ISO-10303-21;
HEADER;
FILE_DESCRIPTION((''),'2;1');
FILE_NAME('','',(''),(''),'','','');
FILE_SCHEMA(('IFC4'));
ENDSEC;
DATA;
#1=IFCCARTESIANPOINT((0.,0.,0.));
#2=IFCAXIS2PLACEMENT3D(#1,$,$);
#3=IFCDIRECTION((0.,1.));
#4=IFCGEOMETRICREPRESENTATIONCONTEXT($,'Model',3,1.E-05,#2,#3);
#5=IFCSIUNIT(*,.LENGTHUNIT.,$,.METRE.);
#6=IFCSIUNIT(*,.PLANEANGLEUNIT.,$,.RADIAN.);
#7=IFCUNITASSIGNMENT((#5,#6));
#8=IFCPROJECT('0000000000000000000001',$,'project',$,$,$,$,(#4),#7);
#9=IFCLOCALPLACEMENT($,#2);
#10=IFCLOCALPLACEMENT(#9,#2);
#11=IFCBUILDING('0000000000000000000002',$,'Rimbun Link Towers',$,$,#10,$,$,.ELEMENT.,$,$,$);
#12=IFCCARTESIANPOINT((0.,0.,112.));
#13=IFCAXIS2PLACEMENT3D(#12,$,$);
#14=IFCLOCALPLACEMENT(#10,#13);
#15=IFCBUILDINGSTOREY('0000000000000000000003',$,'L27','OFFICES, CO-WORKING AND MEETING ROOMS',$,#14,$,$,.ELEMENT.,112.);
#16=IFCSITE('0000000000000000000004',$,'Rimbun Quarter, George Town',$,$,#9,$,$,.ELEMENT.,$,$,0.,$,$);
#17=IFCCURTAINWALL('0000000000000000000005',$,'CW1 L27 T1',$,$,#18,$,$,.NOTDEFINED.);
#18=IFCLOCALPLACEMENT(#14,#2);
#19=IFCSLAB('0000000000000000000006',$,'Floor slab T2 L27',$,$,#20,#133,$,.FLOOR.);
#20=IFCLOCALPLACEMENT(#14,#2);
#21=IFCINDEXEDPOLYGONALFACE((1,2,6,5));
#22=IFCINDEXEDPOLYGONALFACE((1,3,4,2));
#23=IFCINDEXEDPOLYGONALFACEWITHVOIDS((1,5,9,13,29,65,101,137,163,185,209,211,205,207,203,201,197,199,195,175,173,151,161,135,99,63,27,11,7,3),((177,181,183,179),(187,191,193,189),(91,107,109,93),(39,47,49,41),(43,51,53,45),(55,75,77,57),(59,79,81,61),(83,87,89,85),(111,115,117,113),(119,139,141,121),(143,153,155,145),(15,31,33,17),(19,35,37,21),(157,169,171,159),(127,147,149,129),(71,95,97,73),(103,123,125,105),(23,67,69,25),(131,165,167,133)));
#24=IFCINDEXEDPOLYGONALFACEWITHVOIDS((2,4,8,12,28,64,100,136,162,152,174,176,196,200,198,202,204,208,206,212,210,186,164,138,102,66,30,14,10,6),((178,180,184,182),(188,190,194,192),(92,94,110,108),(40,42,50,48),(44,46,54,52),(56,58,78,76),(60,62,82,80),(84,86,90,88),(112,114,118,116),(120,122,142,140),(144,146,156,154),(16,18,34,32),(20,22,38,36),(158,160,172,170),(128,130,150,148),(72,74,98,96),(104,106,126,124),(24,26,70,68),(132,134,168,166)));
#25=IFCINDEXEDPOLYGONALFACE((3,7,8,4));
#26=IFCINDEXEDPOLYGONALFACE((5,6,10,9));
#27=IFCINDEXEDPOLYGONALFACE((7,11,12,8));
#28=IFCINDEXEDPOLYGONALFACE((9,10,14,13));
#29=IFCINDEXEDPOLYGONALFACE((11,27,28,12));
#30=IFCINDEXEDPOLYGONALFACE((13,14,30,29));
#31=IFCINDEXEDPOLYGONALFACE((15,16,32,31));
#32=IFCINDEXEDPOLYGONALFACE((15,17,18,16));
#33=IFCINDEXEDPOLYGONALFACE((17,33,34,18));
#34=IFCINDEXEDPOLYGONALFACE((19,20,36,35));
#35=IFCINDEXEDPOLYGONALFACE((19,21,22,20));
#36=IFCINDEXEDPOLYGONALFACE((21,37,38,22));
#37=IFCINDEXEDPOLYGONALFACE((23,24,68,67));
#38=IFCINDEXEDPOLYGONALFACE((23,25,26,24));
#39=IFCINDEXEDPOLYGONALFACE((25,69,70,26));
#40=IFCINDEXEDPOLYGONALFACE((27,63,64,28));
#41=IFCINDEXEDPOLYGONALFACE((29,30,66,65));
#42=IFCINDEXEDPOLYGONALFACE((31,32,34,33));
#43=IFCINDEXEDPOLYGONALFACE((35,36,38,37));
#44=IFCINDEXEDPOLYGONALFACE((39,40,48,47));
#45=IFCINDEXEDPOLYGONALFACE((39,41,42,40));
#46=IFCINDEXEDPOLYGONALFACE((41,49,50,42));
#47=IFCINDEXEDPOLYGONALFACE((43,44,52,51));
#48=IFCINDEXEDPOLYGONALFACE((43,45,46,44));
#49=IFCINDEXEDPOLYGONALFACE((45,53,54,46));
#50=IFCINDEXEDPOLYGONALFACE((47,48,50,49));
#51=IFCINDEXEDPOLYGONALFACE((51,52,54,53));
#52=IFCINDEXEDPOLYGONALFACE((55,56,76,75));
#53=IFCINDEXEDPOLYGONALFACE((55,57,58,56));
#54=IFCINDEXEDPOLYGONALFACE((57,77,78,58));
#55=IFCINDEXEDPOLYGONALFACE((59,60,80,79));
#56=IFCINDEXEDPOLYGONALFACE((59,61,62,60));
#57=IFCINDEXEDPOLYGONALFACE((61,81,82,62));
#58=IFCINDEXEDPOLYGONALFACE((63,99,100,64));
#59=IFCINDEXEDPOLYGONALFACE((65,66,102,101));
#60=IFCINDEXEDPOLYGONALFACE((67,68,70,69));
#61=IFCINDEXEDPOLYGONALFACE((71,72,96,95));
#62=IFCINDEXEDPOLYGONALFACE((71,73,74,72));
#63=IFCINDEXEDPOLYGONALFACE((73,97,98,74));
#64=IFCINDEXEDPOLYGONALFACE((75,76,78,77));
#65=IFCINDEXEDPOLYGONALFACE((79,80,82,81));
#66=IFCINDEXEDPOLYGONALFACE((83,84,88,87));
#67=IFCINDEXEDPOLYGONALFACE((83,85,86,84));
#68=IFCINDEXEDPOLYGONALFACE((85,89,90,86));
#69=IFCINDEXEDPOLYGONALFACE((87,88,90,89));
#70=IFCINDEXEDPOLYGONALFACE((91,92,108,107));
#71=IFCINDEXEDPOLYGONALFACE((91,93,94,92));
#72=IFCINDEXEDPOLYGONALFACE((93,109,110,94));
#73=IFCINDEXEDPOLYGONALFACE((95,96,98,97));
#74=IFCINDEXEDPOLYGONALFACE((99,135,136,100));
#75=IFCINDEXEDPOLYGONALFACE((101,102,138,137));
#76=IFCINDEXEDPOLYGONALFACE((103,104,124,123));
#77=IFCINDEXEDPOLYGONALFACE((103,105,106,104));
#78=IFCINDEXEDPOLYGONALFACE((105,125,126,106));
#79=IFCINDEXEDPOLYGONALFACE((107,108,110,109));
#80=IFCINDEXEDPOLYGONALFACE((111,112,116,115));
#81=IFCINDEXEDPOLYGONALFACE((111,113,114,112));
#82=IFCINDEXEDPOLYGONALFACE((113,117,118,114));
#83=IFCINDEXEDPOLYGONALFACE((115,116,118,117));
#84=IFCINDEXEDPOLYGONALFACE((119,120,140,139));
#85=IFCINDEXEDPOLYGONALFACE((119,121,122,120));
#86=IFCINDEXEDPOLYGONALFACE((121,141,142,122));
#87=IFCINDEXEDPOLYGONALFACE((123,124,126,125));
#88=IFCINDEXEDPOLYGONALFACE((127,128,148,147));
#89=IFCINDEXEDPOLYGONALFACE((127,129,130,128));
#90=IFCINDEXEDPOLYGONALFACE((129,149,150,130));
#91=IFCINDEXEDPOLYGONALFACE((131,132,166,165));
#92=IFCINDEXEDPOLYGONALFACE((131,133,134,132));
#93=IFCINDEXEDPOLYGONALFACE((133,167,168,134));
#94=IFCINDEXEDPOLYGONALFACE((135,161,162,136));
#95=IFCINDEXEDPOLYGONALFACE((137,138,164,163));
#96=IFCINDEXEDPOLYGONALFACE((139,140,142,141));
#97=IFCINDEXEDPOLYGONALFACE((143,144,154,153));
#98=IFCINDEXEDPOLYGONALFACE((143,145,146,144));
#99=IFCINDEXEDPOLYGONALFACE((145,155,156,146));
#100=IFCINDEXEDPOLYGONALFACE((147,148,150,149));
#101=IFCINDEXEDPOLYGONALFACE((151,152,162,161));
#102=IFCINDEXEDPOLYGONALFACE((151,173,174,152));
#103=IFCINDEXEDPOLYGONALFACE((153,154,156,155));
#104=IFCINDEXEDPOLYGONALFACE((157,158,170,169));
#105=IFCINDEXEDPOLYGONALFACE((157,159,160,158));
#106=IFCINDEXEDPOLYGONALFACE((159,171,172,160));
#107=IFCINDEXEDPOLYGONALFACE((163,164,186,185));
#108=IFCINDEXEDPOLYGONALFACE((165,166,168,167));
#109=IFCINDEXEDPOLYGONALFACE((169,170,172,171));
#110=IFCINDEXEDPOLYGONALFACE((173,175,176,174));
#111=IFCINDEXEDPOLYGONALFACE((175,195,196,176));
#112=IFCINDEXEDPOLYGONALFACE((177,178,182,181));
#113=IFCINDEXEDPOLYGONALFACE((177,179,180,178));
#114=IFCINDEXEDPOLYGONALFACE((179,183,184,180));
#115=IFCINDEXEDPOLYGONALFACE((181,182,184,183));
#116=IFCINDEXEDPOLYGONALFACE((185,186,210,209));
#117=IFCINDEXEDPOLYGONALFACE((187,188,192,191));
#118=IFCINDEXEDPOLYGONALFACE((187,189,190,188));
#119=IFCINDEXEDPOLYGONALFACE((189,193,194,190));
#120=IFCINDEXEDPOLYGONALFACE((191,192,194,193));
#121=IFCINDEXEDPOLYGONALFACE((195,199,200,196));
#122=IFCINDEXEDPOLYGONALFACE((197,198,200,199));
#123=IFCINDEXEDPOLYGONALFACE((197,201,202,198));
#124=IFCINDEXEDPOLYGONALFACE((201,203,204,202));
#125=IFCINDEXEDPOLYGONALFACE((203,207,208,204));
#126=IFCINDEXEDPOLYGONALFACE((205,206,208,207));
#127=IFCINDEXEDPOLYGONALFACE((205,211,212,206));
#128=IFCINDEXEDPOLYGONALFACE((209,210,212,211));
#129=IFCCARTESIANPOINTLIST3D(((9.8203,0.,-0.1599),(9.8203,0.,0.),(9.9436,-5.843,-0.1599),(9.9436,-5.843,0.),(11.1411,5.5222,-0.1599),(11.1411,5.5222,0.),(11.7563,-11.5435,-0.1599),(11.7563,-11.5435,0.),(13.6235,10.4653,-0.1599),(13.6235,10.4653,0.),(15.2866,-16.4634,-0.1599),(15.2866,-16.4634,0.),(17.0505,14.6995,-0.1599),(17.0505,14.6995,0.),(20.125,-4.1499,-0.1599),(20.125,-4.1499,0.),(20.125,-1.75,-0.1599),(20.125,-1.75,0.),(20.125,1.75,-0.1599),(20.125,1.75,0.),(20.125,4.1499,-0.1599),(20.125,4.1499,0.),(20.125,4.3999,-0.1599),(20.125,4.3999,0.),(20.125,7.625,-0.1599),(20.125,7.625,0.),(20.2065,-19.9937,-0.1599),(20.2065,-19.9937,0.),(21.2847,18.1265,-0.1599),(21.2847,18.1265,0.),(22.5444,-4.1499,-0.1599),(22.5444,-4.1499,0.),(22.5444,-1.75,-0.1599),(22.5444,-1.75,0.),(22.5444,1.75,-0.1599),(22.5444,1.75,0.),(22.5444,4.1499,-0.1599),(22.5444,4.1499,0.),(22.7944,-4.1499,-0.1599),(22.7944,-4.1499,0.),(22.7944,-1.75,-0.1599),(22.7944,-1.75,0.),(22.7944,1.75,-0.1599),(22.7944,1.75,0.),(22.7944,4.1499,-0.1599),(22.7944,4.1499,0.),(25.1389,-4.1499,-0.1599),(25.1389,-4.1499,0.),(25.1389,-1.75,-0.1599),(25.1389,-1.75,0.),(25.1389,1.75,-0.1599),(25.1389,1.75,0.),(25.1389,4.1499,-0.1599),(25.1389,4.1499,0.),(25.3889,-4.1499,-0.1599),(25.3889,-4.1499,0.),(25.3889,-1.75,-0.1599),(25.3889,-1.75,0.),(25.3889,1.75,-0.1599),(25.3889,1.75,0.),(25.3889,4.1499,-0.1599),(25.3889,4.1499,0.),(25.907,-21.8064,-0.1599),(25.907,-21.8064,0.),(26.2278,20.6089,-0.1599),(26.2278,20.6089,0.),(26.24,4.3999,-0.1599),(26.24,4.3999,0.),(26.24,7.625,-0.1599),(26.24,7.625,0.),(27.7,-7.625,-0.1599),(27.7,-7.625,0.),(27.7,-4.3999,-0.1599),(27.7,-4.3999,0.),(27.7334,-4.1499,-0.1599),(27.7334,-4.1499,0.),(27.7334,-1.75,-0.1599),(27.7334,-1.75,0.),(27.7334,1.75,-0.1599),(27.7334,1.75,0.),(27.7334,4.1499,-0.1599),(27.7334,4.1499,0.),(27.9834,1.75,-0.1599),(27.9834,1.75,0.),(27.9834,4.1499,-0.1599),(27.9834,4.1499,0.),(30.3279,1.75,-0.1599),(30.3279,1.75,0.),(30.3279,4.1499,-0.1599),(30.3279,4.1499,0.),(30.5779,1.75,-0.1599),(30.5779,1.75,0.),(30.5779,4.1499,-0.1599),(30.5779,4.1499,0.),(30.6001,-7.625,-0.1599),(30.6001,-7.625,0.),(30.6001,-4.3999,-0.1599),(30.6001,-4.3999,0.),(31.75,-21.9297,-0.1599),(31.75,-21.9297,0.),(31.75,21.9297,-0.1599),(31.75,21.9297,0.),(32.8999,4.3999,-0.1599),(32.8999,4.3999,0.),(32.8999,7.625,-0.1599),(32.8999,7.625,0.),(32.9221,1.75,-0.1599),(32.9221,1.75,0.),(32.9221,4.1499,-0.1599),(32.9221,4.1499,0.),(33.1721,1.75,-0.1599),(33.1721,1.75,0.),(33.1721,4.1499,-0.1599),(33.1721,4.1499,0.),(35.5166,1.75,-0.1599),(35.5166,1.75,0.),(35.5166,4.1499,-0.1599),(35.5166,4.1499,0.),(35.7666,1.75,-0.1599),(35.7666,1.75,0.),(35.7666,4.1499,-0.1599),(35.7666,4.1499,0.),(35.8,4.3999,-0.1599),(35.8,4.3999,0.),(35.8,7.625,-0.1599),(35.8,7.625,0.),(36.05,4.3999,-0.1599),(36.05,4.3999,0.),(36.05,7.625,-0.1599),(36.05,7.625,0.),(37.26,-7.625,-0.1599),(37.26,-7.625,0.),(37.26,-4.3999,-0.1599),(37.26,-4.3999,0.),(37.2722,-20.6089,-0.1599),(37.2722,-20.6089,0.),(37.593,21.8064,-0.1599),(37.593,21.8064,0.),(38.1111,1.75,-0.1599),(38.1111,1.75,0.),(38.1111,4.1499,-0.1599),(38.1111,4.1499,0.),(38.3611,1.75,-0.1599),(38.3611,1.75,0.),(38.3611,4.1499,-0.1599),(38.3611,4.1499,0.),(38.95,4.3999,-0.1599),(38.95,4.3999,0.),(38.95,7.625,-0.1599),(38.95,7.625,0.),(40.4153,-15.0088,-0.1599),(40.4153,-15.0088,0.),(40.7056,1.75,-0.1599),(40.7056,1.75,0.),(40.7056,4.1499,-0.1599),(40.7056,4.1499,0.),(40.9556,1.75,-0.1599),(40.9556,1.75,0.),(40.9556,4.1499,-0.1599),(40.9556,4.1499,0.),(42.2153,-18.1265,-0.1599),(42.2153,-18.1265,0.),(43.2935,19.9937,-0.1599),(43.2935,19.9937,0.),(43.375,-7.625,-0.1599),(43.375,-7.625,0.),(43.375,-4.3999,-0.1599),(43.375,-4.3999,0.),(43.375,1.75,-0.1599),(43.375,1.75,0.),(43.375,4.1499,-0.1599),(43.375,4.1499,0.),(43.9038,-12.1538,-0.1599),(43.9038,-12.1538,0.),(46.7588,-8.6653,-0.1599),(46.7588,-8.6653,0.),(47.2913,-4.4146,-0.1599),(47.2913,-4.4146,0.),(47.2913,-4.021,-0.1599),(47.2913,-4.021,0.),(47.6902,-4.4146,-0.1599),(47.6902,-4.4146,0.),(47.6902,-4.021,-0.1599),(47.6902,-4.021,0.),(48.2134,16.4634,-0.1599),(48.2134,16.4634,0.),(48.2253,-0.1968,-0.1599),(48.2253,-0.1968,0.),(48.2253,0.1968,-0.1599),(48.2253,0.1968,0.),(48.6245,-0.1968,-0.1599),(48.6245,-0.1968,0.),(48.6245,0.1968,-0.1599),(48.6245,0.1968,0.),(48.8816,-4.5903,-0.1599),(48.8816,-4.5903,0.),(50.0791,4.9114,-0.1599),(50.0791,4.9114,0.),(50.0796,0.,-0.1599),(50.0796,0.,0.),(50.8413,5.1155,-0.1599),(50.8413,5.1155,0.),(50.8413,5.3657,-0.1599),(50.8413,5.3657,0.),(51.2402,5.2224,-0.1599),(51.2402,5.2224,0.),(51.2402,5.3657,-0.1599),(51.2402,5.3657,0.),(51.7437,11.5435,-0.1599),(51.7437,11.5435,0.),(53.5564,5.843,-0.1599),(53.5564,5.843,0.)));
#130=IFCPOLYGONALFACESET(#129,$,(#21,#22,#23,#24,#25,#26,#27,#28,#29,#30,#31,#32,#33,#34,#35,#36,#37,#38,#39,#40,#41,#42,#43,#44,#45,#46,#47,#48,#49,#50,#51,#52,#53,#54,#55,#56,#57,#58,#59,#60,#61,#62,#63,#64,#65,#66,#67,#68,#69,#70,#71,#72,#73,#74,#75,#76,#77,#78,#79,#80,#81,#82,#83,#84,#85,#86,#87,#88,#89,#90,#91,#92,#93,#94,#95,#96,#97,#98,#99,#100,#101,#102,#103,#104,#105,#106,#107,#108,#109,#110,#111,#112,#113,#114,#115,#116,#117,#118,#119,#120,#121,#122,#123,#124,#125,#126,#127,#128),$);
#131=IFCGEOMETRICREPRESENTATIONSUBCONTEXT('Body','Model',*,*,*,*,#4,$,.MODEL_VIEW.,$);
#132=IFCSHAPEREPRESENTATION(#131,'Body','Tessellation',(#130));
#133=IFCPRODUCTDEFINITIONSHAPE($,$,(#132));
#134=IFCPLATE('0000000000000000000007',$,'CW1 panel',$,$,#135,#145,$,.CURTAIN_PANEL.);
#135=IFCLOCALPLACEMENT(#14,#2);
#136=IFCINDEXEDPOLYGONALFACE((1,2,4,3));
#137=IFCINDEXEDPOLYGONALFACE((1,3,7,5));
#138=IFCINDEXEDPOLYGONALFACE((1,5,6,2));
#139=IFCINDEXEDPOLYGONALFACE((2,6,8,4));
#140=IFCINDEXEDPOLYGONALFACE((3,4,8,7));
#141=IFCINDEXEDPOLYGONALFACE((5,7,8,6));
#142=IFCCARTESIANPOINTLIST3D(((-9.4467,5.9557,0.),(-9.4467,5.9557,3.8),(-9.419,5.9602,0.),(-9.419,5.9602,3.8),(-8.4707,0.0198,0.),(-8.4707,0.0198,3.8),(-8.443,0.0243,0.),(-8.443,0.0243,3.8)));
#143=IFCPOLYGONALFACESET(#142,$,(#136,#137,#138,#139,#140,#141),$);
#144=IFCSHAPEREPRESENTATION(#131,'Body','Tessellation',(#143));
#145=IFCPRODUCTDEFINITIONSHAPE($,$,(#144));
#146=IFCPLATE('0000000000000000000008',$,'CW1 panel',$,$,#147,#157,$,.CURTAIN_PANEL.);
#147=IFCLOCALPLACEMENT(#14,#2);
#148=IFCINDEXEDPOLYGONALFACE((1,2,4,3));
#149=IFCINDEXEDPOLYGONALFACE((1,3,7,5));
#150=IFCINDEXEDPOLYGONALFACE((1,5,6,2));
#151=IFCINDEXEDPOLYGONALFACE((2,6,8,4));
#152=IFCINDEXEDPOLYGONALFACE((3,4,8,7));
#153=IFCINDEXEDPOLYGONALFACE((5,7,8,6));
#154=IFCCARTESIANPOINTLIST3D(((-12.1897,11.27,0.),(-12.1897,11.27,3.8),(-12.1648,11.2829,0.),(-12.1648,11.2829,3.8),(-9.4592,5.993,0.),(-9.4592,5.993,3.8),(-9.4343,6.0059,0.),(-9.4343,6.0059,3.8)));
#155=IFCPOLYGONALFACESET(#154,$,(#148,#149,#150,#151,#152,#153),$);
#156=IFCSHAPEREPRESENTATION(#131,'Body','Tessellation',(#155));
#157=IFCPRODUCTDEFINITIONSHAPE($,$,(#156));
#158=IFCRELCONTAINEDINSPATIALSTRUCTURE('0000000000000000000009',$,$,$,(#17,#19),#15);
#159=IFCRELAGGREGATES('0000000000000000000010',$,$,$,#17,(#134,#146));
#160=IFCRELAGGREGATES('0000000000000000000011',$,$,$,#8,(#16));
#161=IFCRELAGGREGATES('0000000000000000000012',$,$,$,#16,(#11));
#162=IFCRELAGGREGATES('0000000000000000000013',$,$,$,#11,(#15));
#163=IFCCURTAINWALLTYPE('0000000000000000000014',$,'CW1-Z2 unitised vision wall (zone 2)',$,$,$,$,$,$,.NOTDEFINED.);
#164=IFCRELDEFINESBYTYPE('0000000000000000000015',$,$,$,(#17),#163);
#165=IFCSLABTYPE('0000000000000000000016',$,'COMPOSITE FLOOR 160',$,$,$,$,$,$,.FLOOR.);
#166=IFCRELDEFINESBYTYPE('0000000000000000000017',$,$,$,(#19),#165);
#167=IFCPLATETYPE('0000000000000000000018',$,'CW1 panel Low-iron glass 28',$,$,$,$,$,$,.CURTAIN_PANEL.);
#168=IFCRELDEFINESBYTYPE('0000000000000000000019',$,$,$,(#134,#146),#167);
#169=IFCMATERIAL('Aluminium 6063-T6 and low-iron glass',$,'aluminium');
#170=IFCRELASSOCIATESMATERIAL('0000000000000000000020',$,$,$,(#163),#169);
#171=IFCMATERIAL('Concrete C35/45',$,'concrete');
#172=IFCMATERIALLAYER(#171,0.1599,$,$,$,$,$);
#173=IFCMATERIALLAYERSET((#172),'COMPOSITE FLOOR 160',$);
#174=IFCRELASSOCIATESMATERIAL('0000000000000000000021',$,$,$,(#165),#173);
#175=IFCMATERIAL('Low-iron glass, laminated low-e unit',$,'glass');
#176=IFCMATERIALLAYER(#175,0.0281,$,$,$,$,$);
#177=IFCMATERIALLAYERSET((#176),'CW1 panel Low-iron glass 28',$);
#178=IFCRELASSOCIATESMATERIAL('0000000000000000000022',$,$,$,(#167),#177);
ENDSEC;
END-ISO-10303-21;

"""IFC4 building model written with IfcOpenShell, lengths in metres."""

from ifc_helpers import new_model, si_unit, direction, frame, origin, origin_2d, place, context, subcontext, project, spatial, polyline, rectangle, outline, extrude, material, layer, layer_set, type_object, element, aggregate, save


model = new_model("IFC4")

# Units and contexts
model_context = context("Model", 3, precision=1e-05, world=origin(), true_north=direction((0.0, 1.0)))
body_context = subcontext(model_context, "Body", "Model", "MODEL_VIEW")
ifc_project = project(units=[si_unit("LENGTHUNIT", "METRE"), si_unit("PLANEANGLEUNIT", "RADIAN")], contexts=[model_context])

# Site, building, storey
site_placement = place(None, origin())
site = spatial("IfcSite", under=ifc_project, at=site_placement, Name="Rimbun Quarter, George Town", CompositionType="ELEMENT", RefElevation=0.0)
building_placement = place(site_placement, origin())
building = spatial("IfcBuilding", under=site, at=building_placement, Name="Rimbun Link Towers", CompositionType="ELEMENT")
storey_placement = place(building_placement, frame((0.0, 0.0, 112.0)))
storey = spatial("IfcBuildingStorey", under=building, at=storey_placement, Name="L27", Description="OFFICES, CO-WORKING AND MEETING ROOMS", CompositionType="ELEMENT", Elevation=112.0)

# Curtain wall
ifc_material_1 = material(Name="Aluminium 6063-T6 and low-iron glass", Category="aluminium")
curtain_wall_type = type_object("IfcCurtainWallType", Name="CW1-Z2 unitised vision wall (zone 2)", PredefinedType="NOTDEFINED", material=ifc_material_1)
curtain_wall_placement = place(storey_placement, origin())
curtain_wall = element("IfcCurtainWall", 1, at=curtain_wall_placement, inside=storey, type_object=curtain_wall_type, Name="CW1 L27 T1", PredefinedType="NOTDEFINED")

# Slab
ifc_material_2 = material(Name="Concrete C35/45", Category="concrete")
ifc_layer_1 = layer(ifc_material_2, 0.1599)
ifc_layer_set_1 = layer_set([ifc_layer_1], Name="COMPOSITE FLOOR 160")
slab_type = type_object("IfcSlabType", Name="COMPOSITE FLOOR 160", PredefinedType="FLOOR", material=ifc_layer_set_1)
slab_1_placement = place(storey_placement, frame((0.0, 0.0, -0.1599)))
element("IfcSlab", 2, at=slab_1_placement, inside=storey, type_object=slab_type, Name="Floor slab T2 L27", PredefinedType="FLOOR", context=body_context, shape_type="SweptSolid", body=[
    extrude(outline(polyline([(50.0791, 4.9114), (50.0796, 0.0), (48.8816, -4.5903), (46.7588, -8.6653), (43.9038, -12.1538), (40.4153, -15.0088), (42.2153, -18.1265), (37.2722, -20.6089), (31.75, -21.9297), (25.907, -21.8064), (20.2065, -19.9937), (15.2866, -16.4634), (11.7563, -11.5435), (9.9436, -5.843), (9.8203, 0.0), (11.1411, 5.5222), (13.6235, 10.4653), (17.0505, 14.6995), (21.2847, 18.1265), (26.2278, 20.6089), (31.75, 21.9297), (37.593, 21.8064), (43.2935, 19.9937), (48.2134, 16.4634), (51.7437, 11.5435), (53.5564, 5.843), (51.2402, 5.2224), (51.2402, 5.3657), (50.8413, 5.3657), (50.8413, 5.1155), (50.0791, 4.9114)]), holes=[polyline([(30.6001, -7.625), (30.6001, -4.3999), (27.7, -4.3999), (27.7, -7.625), (30.6001, -7.625)]), polyline([(22.5444, -4.1499), (22.5444, -1.75), (20.125, -1.75), (20.125, -4.1499), (22.5444, -4.1499)]), polyline([(25.1389, -4.1499), (25.1389, -1.75), (22.7944, -1.75), (22.7944, -4.1499), (25.1389, -4.1499)]), polyline([(25.3889, -4.1499), (27.7334, -4.1499), (27.7334, -1.75), (25.3889, -1.75), (25.3889, -4.1499)]), polyline([(20.125, 1.75), (22.5444, 1.75), (22.5444, 4.1499), (20.125, 4.1499), (20.125, 1.75)]), polyline([(25.1389, 1.75), (25.1389, 4.1499), (22.7944, 4.1499), (22.7944, 1.75), (25.1389, 1.75)]), polyline([(27.7334, 1.75), (27.7334, 4.1499), (25.3889, 4.1499), (25.3889, 1.75), (27.7334, 1.75)]), polyline([(30.3279, 1.75), (30.3279, 4.1499), (27.9834, 4.1499), (27.9834, 1.75), (30.3279, 1.75)]), polyline([(30.5779, 1.75), (32.9221, 1.75), (32.9221, 4.1499), (30.5779, 4.1499), (30.5779, 1.75)]), polyline([(20.125, 4.3999), (26.24, 4.3999), (26.24, 7.625), (20.125, 7.625), (20.125, 4.3999)]), polyline([(43.375, -7.625), (43.375, -4.3999), (37.26, -4.3999), (37.26, -7.625), (43.375, -7.625)]), polyline([(47.6902, -4.4146), (47.6902, -4.021), (47.2913, -4.021), (47.2913, -4.4146), (47.6902, -4.4146)]), polyline([(48.6245, -0.1968), (48.6245, 0.1968), (48.2253, 0.1968), (48.2253, -0.1968), (48.6245, -0.1968)]), polyline([(33.1721, 1.75), (35.5166, 1.75), (35.5166, 4.1499), (33.1721, 4.1499), (33.1721, 1.75)]), polyline([(35.7666, 1.75), (38.1111, 1.75), (38.1111, 4.1499), (35.7666, 4.1499), (35.7666, 1.75)]), polyline([(40.7056, 1.75), (40.7056, 4.1499), (38.3611, 4.1499), (38.3611, 1.75), (40.7056, 1.75)]), polyline([(43.375, 1.75), (43.375, 4.1499), (40.9556, 4.1499), (40.9556, 1.75), (43.375, 1.75)]), polyline([(32.8999, 4.3999), (35.8, 4.3999), (35.8, 7.625), (32.8999, 7.625), (32.8999, 4.3999)]), polyline([(36.05, 4.3999), (38.95, 4.3999), (38.95, 7.625), (36.05, 7.625), (36.05, 4.3999)])]), origin(), (0.0, 0.0, 1.0), 0.1599),
])

# Plates
ifc_material_3 = material(Name="Low-iron glass, laminated low-e unit", Category="glass")
ifc_layer_2 = layer(ifc_material_3, 0.0281)
ifc_layer_set_2 = layer_set([ifc_layer_2], Name="CW1 panel Low-iron glass 28")
plate_type = type_object("IfcPlateType", Name="CW1 panel Low-iron glass 28", PredefinedType="CURTAIN_PANEL", material=ifc_layer_set_2)
plate_1_placement = place(storey_placement, frame((-8.9448, 2.99, 0.0), z_axis=(0.0, 0.0, 1.0), x_axis=(0.162248, -0.98675, 0.0)))
plate_1 = element("IfcPlate", 3, at=plate_1_placement, type_object=plate_type, Name="CW1 panel", PredefinedType="CURTAIN_PANEL", context=body_context, shape_type="SweptSolid", body=[
    extrude(rectangle(XDim=6.0156, YDim=0.0281, at=origin_2d()), origin(), (0.0, 0.0, 1.0), 3.8),
])
plate_2_placement = place(storey_placement, frame((-10.812, 8.6379, 0.0), z_axis=(0.0, 0.0, 1.0), x_axis=(0.459555, -0.888149, 0.0)))
plate_2 = element("IfcPlate", 4, at=plate_2_placement, type_object=plate_type, Name="CW1 panel", PredefinedType="CURTAIN_PANEL", context=body_context, shape_type="SweptSolid", body=[
    extrude(rectangle(XDim=5.9417, YDim=0.0281, at=origin_2d()), origin(), (0.0, 0.0, 1.0), 3.8),
])
aggregate(curtain_wall, [plate_1, plate_2])

save(model, "model.ifc")
